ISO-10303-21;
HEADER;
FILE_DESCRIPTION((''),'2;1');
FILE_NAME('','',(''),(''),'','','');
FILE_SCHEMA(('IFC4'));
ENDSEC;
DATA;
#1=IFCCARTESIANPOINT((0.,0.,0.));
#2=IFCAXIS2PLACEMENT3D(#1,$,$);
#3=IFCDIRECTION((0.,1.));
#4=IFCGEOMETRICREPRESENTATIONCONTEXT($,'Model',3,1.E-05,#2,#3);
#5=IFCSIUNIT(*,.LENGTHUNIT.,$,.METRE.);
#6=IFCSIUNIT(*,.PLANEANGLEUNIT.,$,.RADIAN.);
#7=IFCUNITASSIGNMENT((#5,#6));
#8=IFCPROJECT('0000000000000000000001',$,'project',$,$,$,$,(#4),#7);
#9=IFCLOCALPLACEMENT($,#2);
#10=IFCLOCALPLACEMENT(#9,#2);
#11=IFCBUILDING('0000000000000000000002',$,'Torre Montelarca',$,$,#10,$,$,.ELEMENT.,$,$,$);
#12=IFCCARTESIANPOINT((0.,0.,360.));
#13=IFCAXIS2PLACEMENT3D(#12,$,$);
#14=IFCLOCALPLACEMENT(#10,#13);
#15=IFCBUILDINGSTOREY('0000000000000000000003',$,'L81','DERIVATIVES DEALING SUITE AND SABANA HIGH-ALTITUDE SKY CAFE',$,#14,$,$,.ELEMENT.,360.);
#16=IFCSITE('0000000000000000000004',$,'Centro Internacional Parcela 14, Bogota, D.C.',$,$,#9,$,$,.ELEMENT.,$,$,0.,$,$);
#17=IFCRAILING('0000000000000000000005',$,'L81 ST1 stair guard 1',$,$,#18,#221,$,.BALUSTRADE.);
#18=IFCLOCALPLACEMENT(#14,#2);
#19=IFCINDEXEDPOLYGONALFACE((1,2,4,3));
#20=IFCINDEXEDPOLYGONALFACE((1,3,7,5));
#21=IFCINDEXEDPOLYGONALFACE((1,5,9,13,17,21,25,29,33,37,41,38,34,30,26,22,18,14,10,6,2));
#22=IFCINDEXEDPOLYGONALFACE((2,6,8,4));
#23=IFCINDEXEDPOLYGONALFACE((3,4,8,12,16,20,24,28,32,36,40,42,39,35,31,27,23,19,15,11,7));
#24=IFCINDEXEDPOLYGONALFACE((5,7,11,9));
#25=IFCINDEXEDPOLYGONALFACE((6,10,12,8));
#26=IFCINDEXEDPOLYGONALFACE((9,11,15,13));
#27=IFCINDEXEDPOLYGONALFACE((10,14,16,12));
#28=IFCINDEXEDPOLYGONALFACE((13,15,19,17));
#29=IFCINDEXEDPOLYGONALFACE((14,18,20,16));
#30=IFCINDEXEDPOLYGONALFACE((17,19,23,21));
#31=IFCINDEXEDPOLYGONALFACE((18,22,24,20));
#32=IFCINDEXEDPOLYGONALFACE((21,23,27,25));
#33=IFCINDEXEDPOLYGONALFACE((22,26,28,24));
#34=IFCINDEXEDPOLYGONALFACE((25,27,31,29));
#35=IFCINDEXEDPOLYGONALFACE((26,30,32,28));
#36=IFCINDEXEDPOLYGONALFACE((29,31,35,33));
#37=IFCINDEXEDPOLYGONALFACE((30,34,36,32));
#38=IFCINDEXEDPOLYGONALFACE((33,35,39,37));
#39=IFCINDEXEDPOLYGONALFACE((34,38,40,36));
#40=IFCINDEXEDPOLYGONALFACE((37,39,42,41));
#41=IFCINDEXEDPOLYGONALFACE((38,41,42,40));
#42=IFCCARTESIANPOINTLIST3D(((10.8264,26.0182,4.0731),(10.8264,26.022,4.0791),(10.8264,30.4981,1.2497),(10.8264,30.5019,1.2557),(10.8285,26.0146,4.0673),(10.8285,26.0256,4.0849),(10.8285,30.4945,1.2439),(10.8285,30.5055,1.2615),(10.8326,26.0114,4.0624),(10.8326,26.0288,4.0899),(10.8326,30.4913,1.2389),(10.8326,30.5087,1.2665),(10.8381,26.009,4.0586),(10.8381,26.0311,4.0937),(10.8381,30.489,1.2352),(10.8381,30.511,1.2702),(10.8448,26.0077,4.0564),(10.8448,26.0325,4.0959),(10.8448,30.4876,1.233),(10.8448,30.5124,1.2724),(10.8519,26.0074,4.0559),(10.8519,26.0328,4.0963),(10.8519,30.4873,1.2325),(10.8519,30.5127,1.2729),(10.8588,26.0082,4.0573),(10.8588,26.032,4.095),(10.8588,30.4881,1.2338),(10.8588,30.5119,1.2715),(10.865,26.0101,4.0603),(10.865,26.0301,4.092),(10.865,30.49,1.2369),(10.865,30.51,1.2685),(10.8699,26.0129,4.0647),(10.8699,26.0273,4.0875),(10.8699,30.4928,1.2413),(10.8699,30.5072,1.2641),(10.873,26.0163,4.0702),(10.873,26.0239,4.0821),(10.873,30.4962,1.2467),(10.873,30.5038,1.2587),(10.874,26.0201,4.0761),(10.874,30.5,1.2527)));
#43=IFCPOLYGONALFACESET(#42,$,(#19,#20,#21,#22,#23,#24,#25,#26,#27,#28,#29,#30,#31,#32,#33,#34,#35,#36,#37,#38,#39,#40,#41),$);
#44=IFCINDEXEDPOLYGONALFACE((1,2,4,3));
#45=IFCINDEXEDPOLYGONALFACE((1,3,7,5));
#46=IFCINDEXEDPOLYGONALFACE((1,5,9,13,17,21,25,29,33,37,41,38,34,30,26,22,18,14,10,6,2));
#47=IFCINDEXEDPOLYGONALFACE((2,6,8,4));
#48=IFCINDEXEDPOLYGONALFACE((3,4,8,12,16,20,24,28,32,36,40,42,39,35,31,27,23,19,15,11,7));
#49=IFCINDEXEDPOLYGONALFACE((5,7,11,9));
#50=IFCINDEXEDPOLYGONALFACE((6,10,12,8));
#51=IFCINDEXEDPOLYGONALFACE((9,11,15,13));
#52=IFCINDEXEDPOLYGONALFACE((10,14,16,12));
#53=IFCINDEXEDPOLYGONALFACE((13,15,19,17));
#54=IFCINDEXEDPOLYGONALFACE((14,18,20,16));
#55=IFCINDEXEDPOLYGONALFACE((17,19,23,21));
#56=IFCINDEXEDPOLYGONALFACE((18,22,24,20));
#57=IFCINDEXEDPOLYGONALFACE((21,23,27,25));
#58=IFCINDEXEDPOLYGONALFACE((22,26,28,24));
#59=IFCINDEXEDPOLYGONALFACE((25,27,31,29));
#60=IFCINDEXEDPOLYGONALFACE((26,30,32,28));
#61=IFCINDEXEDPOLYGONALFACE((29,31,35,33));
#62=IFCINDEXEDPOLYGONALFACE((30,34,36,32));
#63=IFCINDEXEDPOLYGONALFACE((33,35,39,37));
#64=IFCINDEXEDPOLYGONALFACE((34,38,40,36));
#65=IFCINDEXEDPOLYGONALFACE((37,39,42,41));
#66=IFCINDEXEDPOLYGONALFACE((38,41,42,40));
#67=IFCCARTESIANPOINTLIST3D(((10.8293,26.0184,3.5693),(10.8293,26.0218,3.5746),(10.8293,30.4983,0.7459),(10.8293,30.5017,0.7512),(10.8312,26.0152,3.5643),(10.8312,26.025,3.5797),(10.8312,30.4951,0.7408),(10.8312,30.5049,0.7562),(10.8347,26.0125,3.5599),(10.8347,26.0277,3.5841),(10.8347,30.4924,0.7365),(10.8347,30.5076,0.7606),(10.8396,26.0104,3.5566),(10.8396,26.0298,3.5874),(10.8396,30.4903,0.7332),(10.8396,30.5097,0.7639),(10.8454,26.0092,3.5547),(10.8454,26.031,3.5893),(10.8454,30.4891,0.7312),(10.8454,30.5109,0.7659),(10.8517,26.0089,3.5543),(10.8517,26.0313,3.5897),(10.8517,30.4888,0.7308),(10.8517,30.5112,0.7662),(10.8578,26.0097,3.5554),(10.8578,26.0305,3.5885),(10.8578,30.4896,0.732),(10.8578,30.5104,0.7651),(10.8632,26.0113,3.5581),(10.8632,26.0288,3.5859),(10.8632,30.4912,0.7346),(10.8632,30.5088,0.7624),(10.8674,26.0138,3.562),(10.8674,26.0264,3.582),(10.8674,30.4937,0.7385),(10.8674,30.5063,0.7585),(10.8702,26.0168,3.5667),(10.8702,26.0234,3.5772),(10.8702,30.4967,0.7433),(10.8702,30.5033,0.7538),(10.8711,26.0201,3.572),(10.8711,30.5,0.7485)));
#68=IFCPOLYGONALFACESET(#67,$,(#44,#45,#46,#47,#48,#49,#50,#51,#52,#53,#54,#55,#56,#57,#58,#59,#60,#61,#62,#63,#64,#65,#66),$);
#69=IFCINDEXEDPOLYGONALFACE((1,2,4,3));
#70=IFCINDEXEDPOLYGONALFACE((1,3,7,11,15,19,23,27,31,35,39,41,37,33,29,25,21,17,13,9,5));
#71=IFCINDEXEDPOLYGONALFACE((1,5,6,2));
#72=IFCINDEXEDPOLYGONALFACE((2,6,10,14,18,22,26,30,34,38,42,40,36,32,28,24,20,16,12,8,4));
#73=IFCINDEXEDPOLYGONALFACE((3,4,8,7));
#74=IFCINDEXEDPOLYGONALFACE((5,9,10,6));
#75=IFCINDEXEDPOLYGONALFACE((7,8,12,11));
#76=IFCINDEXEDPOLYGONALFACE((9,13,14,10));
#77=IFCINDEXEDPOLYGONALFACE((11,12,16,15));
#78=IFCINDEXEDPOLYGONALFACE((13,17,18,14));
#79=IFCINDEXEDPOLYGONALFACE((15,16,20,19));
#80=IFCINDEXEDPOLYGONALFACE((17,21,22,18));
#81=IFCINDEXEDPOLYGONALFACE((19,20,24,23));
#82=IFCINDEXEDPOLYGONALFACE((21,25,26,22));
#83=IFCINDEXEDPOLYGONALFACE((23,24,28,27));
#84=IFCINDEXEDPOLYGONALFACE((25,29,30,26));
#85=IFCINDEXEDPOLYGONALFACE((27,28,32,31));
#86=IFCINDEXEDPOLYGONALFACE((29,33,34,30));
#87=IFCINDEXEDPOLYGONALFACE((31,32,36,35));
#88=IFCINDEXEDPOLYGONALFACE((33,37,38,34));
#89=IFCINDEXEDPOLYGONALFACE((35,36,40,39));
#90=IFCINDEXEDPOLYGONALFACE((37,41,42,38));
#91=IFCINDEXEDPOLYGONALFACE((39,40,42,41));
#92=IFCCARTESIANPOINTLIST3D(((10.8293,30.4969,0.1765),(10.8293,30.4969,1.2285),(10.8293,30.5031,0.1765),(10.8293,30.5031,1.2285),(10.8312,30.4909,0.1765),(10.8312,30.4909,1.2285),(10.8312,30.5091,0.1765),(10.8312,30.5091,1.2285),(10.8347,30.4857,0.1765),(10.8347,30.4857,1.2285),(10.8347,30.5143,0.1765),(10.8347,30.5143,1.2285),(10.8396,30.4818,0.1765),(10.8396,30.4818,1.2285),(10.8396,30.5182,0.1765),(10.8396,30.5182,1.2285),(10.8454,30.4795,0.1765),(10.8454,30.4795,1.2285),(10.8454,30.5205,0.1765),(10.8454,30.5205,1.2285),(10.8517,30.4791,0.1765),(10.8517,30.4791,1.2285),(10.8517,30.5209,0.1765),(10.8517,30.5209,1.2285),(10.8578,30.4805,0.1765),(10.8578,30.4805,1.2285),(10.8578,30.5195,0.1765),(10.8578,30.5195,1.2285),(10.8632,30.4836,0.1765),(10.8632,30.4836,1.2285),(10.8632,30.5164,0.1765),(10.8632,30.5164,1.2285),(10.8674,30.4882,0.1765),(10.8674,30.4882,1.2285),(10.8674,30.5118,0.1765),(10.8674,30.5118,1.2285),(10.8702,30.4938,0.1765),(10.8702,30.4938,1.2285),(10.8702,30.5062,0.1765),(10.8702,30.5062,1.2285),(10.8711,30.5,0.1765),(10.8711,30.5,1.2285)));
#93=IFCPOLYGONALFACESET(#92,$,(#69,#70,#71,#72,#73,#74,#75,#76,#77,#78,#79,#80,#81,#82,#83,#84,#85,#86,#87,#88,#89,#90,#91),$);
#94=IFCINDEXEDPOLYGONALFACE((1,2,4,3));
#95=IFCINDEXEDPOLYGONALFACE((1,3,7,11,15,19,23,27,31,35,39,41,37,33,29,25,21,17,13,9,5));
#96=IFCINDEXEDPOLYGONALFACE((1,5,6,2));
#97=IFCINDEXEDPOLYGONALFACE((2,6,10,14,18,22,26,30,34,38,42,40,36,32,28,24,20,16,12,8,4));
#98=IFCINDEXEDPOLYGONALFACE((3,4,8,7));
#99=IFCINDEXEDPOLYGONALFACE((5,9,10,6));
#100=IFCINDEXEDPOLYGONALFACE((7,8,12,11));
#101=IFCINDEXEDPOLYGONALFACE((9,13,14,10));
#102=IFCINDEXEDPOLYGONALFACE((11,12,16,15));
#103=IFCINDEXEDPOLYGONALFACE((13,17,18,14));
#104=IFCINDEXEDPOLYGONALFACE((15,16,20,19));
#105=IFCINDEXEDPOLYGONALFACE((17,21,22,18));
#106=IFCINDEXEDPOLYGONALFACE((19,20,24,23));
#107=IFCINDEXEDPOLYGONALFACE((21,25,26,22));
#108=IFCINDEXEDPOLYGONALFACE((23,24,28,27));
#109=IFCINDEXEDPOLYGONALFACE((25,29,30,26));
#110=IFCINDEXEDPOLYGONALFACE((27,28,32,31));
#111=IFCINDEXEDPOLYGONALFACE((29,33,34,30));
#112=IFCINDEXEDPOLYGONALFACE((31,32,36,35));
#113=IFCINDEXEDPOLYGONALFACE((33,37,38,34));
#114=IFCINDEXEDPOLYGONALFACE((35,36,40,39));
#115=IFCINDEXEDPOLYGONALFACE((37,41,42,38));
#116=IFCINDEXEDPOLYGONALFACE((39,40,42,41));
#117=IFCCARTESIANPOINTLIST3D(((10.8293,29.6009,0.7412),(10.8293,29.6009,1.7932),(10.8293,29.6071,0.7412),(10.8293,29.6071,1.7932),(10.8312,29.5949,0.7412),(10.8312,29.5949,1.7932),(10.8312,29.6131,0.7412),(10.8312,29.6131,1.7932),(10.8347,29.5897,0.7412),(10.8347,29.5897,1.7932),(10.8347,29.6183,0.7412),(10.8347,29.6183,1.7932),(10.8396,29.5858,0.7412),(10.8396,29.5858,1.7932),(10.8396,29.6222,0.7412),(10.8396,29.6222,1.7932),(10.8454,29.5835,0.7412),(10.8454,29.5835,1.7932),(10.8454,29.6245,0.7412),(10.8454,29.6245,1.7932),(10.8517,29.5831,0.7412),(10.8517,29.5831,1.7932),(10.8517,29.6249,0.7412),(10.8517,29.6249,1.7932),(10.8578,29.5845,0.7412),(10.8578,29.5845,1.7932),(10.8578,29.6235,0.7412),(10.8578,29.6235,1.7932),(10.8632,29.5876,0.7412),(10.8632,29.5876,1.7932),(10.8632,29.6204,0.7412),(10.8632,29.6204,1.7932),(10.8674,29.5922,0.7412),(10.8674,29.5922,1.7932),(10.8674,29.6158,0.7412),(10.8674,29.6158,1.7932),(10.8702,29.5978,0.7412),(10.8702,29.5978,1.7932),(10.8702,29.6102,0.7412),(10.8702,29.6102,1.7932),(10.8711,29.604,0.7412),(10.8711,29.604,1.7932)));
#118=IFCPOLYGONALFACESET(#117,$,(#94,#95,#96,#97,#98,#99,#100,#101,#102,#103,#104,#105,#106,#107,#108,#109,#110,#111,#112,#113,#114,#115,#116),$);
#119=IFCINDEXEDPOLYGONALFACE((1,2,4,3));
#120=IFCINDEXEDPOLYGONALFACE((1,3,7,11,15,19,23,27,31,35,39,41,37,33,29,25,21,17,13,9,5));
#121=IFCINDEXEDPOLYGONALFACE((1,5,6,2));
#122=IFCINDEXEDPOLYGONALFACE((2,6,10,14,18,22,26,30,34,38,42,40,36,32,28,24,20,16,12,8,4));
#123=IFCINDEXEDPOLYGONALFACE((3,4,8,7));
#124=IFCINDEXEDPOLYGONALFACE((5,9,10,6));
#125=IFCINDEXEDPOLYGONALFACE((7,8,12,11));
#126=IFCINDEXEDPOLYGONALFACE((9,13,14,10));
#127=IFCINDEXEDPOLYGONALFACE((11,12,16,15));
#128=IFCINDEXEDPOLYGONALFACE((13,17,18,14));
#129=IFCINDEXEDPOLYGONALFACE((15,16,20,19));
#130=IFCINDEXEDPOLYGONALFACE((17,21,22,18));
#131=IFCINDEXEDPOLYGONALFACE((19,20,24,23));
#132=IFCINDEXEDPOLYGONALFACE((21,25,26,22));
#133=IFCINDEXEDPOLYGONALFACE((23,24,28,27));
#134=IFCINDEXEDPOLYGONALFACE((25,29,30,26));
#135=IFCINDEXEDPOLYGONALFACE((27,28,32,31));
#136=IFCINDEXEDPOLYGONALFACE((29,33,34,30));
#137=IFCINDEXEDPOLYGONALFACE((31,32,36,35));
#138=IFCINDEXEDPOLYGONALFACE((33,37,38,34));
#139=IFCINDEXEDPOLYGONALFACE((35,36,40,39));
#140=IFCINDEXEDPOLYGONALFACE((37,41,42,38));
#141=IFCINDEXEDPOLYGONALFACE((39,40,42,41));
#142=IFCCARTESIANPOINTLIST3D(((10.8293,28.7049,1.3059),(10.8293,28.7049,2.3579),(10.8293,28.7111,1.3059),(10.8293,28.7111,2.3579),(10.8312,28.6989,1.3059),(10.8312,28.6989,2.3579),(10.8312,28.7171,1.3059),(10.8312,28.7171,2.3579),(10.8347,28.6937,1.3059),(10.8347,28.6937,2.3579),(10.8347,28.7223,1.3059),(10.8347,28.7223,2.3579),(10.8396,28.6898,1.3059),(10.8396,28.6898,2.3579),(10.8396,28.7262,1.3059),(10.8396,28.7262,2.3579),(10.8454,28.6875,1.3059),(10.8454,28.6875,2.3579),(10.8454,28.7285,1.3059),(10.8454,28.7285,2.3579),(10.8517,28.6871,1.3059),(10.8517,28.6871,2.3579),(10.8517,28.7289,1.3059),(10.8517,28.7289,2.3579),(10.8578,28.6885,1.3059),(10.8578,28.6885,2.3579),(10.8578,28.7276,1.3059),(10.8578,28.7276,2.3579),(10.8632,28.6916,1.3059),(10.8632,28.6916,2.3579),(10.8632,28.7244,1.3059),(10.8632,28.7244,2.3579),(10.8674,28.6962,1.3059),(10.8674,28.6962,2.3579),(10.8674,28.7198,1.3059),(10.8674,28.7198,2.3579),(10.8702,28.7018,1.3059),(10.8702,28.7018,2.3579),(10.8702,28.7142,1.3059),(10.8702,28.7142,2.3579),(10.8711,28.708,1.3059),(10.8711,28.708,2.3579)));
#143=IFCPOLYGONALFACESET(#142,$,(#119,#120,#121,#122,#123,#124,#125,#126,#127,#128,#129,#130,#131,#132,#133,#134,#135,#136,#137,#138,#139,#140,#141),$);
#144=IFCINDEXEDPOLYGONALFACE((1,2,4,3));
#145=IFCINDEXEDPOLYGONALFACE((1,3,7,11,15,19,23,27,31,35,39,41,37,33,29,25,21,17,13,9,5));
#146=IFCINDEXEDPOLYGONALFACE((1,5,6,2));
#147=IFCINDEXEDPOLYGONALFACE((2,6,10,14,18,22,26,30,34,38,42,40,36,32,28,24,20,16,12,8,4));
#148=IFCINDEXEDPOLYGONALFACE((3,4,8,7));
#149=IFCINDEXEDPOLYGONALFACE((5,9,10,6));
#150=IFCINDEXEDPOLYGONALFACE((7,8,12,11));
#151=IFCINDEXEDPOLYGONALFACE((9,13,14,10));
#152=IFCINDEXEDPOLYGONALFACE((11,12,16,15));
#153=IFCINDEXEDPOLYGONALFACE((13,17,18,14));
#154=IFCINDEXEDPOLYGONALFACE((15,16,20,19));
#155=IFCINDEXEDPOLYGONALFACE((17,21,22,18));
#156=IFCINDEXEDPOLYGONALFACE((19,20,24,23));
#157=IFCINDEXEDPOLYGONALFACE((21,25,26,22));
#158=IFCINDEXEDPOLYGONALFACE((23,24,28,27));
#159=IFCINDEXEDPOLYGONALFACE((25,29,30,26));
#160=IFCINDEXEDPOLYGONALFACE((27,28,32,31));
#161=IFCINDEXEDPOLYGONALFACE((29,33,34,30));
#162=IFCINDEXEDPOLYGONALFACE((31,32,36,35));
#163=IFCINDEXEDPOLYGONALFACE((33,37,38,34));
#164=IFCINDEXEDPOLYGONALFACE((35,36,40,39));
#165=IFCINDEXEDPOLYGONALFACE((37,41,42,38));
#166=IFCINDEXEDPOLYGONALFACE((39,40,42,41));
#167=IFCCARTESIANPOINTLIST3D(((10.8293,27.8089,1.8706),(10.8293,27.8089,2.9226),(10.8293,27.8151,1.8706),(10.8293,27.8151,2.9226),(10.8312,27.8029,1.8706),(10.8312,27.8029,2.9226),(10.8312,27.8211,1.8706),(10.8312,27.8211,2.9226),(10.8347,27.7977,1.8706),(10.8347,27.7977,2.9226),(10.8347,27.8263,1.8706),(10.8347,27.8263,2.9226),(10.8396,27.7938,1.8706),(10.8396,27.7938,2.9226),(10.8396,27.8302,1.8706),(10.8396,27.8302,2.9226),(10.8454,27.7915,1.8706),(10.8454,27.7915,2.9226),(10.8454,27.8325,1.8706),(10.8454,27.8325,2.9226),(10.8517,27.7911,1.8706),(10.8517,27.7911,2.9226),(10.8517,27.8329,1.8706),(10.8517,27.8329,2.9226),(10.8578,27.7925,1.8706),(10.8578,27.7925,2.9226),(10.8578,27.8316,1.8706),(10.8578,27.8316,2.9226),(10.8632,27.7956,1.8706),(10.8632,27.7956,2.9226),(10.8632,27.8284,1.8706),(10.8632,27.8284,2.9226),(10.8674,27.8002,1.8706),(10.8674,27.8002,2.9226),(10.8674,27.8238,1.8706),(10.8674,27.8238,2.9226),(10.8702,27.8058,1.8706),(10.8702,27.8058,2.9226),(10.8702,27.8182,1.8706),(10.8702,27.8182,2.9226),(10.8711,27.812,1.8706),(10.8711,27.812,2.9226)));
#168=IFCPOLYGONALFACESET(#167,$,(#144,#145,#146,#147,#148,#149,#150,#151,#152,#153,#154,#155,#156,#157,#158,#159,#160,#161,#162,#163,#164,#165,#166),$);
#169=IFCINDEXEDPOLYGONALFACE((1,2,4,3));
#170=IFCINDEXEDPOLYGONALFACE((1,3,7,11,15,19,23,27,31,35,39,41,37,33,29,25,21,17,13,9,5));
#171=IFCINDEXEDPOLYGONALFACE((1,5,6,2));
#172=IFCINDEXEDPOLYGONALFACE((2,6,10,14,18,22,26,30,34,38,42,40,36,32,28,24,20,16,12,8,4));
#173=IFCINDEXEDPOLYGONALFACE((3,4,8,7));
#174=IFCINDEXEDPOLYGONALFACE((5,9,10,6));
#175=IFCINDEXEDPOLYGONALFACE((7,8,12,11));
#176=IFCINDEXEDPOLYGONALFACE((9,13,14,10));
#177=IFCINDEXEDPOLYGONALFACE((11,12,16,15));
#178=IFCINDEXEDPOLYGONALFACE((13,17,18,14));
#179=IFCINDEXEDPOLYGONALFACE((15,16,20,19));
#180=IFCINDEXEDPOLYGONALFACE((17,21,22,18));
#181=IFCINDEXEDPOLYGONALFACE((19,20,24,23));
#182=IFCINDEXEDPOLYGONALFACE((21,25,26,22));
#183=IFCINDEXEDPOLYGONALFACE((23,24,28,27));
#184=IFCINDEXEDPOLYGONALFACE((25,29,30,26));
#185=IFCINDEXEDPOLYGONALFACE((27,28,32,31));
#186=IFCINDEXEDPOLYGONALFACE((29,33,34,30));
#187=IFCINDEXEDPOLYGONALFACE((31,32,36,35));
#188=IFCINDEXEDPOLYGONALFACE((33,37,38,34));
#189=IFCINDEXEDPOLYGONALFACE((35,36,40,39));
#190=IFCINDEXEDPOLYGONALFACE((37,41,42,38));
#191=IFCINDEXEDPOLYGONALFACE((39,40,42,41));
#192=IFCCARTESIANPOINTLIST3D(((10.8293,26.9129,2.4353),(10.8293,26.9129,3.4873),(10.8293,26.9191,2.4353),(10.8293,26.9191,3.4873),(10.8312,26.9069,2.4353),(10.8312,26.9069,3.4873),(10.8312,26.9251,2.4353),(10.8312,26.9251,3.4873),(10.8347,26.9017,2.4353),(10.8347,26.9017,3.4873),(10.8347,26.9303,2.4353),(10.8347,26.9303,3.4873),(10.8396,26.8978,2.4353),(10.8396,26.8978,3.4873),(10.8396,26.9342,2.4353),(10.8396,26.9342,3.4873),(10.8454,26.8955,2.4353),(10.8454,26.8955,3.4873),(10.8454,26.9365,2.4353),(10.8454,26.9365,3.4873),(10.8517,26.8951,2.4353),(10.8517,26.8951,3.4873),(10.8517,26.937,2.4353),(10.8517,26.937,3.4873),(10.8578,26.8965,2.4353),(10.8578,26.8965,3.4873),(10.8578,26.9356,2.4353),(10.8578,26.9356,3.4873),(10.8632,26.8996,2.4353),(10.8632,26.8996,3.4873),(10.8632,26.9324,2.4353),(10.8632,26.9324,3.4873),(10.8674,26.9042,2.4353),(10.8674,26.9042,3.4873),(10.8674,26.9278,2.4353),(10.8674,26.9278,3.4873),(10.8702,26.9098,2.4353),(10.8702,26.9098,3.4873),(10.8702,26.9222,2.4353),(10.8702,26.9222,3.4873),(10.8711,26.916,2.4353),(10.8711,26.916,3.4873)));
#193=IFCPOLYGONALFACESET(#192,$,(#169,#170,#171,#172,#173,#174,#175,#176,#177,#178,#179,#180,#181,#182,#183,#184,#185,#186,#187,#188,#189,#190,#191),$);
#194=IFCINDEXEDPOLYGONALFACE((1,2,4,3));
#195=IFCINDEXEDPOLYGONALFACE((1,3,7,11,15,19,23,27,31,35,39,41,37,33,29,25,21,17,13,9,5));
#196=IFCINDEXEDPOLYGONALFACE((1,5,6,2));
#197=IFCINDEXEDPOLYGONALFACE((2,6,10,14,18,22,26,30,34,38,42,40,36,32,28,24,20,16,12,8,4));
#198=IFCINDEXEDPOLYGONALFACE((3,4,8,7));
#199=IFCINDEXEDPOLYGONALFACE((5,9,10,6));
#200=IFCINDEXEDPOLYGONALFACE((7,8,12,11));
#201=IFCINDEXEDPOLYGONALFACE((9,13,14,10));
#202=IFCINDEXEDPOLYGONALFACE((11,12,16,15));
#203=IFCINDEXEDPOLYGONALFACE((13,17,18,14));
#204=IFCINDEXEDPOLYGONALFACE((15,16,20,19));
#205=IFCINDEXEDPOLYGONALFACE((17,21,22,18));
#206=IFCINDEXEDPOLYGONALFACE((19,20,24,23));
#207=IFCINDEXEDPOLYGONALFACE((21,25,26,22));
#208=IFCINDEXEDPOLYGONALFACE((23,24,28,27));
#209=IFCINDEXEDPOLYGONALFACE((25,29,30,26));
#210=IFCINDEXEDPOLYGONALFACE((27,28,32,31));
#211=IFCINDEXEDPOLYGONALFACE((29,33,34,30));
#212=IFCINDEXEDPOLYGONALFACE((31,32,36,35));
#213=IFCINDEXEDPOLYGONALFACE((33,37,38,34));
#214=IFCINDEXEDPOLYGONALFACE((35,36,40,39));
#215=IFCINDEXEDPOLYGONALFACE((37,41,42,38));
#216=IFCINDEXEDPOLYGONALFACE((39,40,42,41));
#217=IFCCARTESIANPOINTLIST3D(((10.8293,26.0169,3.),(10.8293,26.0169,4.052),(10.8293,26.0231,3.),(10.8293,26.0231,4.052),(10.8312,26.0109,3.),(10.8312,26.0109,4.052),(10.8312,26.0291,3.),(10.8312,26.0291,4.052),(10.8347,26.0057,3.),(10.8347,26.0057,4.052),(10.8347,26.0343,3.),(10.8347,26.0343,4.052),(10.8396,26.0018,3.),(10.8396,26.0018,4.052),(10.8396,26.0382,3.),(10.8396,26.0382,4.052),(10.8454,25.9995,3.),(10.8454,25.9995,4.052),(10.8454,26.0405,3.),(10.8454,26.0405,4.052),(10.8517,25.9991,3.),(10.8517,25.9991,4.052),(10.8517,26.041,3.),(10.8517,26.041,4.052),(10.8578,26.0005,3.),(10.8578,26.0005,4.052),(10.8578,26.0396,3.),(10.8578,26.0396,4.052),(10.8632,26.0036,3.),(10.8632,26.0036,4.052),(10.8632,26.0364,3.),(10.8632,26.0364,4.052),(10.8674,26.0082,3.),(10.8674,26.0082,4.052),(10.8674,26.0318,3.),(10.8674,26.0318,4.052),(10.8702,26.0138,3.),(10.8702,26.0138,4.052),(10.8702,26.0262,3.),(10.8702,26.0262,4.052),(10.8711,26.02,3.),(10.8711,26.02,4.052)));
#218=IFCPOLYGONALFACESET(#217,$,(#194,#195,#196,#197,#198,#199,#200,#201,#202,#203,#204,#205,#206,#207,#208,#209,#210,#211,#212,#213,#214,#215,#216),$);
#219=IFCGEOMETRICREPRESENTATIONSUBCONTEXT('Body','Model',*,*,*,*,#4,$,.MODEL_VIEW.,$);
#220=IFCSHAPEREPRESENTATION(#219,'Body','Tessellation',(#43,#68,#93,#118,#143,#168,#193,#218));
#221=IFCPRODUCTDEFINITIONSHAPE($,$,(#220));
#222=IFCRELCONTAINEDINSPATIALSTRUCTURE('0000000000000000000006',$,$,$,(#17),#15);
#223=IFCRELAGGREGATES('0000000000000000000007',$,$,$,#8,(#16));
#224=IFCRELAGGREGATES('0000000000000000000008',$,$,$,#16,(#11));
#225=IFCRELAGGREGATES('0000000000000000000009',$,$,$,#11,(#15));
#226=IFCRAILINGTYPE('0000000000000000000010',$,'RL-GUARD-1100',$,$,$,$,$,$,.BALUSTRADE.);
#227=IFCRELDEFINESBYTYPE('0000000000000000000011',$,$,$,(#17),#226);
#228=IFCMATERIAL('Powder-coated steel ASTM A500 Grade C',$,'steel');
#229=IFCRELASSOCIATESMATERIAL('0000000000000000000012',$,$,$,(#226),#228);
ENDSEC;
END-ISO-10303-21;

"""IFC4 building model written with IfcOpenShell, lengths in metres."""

from ifc_helpers import new_model, si_unit, direction, frame, origin, origin_2d, place, context, subcontext, project, spatial, circle, extrude, material, type_object, element, save


model = new_model("IFC4")

# Units and contexts
model_context = context("Model", 3, precision=1e-05, world=origin(), true_north=direction((0.0, 1.0)))
body_context = subcontext(model_context, "Body", "Model", "MODEL_VIEW")
ifc_project = project(units=[si_unit("LENGTHUNIT", "METRE"), si_unit("PLANEANGLEUNIT", "RADIAN")], contexts=[model_context])

# Site, building, storey
site_placement = place(None, origin())
site = spatial("IfcSite", under=ifc_project, at=site_placement, Name="Centro Internacional Parcela 14, Bogota, D.C.", CompositionType="ELEMENT", RefElevation=0.0)
building_placement = place(site_placement, origin())
building = spatial("IfcBuilding", under=site, at=building_placement, Name="Torre Montelarca", CompositionType="ELEMENT")
storey_placement = place(building_placement, frame((0.0, 0.0, 360.0)))
storey = spatial("IfcBuildingStorey", under=building, at=storey_placement, Name="L81", Description="DERIVATIVES DEALING SUITE AND SABANA HIGH-ALTITUDE SKY CAFE", CompositionType="ELEMENT", Elevation=360.0)

# Railing
ifc_material_1 = material(Name="Powder-coated steel ASTM A500 Grade C", Category="steel")
railing_type_1 = type_object("IfcRailingType", Name="RL-GUARD-1100", PredefinedType="BALUSTRADE", material=ifc_material_1)
railing_1_placement = place(storey_placement, frame((10.8501, 30.5, 0.1765)))
element("IfcRailing", 1, at=railing_1_placement, inside=storey, type_object=railing_type_1, Name="L81 ST1 stair guard 1", PredefinedType="BALUSTRADE", context=body_context, shape_type="SweptSolid", body=[
    extrude(circle(Radius=0.0239, at=origin_2d()), frame((0.0, 0.0, 1.0762), z_axis=(0.0, -0.845998, 0.533186), x_axis=(1.0, 0.0, 0.0)), (0.0, 0.0, 1.0), 5.2954),
    extrude(circle(Radius=0.021, at=origin_2d()), frame((0.0, 0.0, 0.572), z_axis=(0.0, -0.845998, 0.533186), x_axis=(1.0, 0.0, 0.0)), (0.0, 0.0, 1.0), 5.2954),
    extrude(circle(Radius=0.021, at=origin_2d()), origin(), (0.0, 0.0, 1.0), 1.052),
    extrude(circle(Radius=0.021, at=origin_2d()), frame((0.0, -0.896, 0.5647)), (0.0, 0.0, 1.0), 1.052),
    extrude(circle(Radius=0.021, at=origin_2d()), frame((0.0, -1.792, 1.1294)), (0.0, 0.0, 1.0), 1.052),
    extrude(circle(Radius=0.021, at=origin_2d()), frame((0.0, -2.688, 1.6941)), (0.0, 0.0, 1.0), 1.052),
    extrude(circle(Radius=0.021, at=origin_2d()), frame((0.0, -3.584, 2.2588)), (0.0, 0.0, 1.0), 1.052),
    extrude(circle(Radius=0.021, at=origin_2d()), frame((0.0, -4.48, 2.8235)), (0.0, 0.0, 1.0), 1.052),
])

save(model, "model.ifc")
